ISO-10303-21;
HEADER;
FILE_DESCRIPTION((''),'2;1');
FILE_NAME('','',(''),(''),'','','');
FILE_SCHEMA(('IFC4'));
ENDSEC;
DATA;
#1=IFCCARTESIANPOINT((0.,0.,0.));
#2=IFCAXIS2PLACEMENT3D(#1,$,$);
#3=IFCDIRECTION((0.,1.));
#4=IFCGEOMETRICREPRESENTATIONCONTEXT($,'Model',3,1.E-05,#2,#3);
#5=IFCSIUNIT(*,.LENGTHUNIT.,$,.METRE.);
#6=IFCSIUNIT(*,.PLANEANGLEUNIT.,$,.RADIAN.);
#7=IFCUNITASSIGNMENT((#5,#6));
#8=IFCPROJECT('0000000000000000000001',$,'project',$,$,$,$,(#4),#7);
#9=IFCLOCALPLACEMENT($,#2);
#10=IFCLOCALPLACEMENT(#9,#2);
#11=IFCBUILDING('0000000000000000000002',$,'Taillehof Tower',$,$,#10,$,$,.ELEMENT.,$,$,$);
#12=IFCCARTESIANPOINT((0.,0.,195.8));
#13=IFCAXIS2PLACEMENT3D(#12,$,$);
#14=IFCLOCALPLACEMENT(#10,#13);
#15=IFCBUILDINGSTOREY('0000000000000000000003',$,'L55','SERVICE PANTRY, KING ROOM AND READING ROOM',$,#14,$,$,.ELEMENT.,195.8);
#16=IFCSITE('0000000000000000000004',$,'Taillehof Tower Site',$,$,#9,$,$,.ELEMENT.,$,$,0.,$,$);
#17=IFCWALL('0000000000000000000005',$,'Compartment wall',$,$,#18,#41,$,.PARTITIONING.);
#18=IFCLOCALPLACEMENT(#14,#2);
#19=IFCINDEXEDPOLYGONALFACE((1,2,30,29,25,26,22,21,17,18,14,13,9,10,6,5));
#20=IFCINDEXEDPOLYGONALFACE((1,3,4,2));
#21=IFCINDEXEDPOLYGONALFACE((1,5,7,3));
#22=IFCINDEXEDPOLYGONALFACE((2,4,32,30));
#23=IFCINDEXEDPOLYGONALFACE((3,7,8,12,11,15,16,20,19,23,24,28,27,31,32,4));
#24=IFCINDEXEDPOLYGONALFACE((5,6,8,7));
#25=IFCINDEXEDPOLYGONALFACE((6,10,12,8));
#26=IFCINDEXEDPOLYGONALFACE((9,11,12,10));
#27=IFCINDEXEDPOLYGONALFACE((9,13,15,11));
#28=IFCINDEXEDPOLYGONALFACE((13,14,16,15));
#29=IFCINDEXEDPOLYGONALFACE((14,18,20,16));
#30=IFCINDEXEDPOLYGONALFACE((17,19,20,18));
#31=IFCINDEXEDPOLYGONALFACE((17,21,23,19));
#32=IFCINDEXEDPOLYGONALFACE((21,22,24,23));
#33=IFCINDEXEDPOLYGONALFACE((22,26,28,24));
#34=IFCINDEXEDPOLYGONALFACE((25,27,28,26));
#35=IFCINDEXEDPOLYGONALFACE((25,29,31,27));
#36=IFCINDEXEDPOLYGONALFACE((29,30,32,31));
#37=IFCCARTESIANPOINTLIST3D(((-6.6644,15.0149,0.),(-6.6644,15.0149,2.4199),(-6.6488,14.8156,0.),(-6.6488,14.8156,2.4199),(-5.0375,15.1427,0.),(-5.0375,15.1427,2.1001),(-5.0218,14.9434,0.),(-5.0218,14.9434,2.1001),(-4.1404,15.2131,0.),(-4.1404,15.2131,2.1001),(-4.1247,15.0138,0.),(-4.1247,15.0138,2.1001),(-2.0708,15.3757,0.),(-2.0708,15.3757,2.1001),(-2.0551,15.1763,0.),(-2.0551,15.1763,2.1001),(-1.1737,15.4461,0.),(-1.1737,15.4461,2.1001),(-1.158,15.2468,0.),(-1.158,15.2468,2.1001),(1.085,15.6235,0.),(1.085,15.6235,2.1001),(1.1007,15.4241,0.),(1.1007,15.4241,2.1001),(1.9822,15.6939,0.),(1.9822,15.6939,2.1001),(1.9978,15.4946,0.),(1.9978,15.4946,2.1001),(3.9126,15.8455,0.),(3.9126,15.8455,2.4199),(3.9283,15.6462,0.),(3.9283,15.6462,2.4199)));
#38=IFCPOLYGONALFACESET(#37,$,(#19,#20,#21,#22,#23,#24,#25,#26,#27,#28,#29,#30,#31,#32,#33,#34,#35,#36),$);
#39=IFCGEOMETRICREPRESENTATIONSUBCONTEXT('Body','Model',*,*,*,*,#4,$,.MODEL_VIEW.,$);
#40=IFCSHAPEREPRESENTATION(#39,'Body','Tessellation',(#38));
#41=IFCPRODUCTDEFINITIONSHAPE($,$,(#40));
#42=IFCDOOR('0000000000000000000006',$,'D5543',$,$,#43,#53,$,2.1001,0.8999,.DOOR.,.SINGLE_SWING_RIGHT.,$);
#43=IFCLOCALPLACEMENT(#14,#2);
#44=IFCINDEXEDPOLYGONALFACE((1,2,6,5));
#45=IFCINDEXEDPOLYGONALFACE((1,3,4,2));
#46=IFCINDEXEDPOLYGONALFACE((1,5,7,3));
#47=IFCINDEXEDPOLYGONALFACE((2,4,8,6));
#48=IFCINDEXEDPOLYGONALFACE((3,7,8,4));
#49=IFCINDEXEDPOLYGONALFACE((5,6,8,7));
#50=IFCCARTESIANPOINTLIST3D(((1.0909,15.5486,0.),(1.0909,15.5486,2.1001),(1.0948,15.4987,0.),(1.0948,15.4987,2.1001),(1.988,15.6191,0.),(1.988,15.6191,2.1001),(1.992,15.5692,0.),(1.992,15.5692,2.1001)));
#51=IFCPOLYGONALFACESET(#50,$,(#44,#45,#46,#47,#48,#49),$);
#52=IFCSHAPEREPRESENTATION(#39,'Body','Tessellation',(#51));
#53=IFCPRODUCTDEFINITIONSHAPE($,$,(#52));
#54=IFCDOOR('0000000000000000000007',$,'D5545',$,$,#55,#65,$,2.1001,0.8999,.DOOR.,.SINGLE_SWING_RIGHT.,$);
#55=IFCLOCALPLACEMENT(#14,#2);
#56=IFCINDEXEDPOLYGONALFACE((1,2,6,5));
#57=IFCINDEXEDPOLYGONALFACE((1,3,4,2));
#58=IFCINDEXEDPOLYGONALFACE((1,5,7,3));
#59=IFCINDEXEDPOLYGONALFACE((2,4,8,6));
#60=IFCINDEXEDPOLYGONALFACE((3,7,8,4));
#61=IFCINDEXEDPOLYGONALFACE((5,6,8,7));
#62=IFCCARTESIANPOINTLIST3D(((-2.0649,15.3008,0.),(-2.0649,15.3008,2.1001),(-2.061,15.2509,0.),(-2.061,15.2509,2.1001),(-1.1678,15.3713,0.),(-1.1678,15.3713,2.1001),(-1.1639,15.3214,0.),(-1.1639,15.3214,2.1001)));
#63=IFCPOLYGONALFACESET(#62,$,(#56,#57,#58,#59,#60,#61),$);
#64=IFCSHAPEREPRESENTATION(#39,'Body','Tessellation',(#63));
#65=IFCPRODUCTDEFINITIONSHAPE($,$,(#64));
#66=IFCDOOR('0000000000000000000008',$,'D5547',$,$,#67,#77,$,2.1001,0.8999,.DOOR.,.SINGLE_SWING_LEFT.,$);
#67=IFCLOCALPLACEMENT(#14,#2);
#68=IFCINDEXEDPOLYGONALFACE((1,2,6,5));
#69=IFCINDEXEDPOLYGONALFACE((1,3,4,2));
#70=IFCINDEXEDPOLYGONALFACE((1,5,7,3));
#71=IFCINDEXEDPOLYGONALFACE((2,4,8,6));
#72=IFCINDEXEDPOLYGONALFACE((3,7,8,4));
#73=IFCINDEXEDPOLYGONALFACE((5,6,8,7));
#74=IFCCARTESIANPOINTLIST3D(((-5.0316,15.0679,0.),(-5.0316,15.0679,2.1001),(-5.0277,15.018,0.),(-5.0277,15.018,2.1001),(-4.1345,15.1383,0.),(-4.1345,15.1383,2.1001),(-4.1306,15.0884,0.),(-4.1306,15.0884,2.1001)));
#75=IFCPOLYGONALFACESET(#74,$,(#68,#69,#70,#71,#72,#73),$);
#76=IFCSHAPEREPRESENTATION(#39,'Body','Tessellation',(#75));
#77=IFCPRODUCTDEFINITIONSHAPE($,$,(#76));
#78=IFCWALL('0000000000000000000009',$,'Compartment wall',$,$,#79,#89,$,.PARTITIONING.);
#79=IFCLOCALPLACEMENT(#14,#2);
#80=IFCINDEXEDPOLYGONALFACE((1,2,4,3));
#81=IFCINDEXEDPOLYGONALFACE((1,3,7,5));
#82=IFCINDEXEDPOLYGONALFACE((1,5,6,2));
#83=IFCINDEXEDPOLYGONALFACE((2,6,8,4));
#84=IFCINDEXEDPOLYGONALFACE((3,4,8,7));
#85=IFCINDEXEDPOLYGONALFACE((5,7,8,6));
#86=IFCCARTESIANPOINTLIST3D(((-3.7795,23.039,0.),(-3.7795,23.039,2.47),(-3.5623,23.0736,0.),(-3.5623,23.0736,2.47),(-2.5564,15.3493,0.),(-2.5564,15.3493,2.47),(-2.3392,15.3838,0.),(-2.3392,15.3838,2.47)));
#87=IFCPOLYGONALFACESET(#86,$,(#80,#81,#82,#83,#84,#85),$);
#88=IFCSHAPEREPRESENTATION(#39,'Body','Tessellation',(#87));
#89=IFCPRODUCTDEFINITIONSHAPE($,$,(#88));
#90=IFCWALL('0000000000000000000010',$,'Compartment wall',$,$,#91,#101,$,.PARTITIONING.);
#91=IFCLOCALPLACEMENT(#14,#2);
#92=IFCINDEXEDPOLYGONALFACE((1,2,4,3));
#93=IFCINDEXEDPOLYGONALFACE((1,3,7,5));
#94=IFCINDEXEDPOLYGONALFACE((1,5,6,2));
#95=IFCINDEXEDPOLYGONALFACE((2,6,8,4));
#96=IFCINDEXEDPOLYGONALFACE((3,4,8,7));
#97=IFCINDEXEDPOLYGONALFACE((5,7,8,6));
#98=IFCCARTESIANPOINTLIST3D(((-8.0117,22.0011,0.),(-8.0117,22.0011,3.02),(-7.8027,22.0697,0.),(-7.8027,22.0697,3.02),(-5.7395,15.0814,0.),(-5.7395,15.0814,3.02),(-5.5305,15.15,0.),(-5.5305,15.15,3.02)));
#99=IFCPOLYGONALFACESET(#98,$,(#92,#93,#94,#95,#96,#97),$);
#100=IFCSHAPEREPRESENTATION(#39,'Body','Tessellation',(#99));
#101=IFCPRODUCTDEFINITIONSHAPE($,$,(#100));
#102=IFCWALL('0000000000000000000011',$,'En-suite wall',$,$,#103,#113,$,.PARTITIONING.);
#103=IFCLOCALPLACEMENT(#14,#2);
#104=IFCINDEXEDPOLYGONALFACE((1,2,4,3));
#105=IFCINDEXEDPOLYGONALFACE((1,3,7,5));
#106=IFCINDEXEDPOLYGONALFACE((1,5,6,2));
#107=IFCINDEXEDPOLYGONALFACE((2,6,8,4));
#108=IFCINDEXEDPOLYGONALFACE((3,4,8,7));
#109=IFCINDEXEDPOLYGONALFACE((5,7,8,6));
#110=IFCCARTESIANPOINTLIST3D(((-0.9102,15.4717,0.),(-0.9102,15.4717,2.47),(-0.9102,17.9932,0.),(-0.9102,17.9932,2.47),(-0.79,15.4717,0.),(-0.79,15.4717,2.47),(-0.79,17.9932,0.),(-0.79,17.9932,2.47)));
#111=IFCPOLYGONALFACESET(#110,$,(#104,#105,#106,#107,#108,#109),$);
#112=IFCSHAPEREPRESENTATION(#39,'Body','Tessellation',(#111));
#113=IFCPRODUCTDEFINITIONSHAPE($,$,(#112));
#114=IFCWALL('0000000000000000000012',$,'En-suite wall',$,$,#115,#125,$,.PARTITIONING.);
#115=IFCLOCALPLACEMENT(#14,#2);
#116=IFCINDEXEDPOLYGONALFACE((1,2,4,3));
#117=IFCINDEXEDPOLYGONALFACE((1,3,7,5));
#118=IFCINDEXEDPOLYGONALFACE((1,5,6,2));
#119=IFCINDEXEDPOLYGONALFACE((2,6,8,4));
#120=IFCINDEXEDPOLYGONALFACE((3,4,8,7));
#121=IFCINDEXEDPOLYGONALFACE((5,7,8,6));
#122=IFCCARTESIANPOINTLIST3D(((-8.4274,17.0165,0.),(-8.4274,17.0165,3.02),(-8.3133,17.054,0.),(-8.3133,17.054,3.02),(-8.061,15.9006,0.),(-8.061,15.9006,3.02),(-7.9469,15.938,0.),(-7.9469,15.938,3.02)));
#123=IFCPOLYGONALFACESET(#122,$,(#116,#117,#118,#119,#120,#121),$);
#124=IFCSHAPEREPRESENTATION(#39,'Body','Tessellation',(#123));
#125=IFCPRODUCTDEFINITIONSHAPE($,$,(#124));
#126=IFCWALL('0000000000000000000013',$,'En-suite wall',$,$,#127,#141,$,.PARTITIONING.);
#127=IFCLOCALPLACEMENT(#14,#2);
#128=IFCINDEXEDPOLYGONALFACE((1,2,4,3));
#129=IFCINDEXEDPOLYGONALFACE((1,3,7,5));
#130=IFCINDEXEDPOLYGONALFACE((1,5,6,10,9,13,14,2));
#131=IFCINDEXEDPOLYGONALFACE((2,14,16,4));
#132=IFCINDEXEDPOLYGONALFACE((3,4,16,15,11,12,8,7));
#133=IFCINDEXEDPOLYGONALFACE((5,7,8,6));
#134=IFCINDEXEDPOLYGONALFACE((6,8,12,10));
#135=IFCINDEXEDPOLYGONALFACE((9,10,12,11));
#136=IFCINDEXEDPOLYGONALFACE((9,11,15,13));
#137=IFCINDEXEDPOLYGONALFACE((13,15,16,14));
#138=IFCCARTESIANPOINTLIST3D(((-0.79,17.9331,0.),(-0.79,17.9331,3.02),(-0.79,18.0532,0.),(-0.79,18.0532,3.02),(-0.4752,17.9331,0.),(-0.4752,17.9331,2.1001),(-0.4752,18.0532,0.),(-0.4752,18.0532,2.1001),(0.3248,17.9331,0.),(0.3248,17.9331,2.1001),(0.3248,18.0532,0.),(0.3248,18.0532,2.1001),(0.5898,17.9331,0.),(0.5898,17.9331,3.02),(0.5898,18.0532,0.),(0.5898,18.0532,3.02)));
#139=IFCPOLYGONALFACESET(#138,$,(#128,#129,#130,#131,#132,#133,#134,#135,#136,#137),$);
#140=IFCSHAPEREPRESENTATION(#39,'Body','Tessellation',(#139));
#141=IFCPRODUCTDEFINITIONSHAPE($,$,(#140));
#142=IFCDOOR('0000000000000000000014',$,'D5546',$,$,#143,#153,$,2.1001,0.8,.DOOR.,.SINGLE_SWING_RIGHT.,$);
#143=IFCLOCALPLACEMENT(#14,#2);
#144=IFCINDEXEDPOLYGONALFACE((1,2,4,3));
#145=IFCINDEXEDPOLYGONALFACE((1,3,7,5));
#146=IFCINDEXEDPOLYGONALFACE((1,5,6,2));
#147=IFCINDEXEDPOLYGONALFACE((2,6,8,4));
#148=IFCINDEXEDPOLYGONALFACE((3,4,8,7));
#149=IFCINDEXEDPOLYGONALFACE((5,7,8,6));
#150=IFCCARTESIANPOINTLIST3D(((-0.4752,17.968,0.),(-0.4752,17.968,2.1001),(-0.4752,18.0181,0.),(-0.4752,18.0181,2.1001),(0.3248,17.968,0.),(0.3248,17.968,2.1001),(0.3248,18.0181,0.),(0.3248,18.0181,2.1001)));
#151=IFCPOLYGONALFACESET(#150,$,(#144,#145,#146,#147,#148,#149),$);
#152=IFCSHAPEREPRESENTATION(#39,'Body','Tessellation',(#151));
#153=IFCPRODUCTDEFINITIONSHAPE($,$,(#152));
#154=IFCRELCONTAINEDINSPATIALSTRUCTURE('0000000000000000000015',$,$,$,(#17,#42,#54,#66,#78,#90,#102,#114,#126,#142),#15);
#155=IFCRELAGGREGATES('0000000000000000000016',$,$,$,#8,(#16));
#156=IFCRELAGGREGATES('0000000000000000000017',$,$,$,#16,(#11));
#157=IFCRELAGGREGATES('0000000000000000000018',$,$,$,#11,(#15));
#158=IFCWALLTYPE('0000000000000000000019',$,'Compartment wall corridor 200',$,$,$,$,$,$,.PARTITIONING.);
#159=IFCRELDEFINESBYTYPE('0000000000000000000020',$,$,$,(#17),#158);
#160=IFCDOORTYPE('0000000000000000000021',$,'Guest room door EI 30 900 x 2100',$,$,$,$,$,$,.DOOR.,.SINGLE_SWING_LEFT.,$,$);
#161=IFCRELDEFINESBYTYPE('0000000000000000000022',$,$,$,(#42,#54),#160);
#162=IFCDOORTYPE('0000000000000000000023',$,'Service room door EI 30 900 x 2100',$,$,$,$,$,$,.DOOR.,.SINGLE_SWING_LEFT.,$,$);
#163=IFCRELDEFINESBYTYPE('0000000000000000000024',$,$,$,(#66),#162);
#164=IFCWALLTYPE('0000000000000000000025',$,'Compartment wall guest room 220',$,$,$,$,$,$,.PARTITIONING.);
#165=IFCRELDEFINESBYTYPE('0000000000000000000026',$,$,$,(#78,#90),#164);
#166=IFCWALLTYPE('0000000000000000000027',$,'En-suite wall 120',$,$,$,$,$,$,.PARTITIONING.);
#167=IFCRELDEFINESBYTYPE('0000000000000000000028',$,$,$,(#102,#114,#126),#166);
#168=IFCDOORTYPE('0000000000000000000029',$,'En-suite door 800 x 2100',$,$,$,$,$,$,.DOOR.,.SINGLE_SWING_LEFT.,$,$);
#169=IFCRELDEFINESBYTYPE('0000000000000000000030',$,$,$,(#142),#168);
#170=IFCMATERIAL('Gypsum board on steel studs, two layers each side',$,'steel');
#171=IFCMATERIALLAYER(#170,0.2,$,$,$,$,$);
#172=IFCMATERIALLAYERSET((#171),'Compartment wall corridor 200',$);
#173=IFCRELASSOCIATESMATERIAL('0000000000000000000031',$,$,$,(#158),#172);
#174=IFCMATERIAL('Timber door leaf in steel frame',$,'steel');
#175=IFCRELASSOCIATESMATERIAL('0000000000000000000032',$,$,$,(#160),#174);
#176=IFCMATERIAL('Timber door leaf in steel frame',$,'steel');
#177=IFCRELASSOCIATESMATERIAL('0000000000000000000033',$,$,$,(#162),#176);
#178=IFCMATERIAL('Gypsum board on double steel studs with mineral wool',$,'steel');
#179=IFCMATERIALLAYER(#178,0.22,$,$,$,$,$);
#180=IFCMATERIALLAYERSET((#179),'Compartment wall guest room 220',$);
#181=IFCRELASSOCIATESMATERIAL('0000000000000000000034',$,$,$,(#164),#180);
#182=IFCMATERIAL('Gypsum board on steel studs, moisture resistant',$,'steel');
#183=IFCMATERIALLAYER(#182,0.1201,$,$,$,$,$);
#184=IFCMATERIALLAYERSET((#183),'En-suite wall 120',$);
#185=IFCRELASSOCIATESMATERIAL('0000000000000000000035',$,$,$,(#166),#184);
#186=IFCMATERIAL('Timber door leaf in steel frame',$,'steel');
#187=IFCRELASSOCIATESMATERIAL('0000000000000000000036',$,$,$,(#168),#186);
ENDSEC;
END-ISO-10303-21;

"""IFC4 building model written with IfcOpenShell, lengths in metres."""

from ifc_helpers import new_model, si_unit, direction, frame, frame_2d, origin, place, context, subcontext, project, spatial, rectangle, extrude, material, layer, layer_set, type_object, element, fill, save


model = new_model("IFC4")

# Units and contexts
model_context = context("Model", 3, precision=1e-05, world=origin(), true_north=direction((0.0, 1.0)))
body_context = subcontext(model_context, "Body", "Model", "MODEL_VIEW")
ifc_project = project(units=[si_unit("LENGTHUNIT", "METRE"), si_unit("PLANEANGLEUNIT", "RADIAN")], contexts=[model_context])

# Site, building, storey
site_placement = place(None, origin())
site = spatial("IfcSite", under=ifc_project, at=site_placement, Name="Taillehof Tower Site", CompositionType="ELEMENT", RefElevation=0.0)
building_placement = place(site_placement, origin())
building = spatial("IfcBuilding", under=site, at=building_placement, Name="Taillehof Tower", CompositionType="ELEMENT")
storey_placement = place(building_placement, frame((0.0, 0.0, 195.8)))
storey = spatial("IfcBuildingStorey", under=building, at=storey_placement, Name="L55", Description="SERVICE PANTRY, KING ROOM AND READING ROOM", CompositionType="ELEMENT", Elevation=195.8)

# Shared definitions
ifc_material_1 = material(Name="Gypsum board on steel studs, two layers each side", Category="steel")
ifc_layer_1 = layer(ifc_material_1, 0.2)
ifc_layer_set_1 = layer_set([ifc_layer_1], Name="Compartment wall corridor 200")
wall_type_1 = type_object("IfcWallType", Name="Compartment wall corridor 200", PredefinedType="PARTITIONING", material=ifc_layer_set_1)

# Wall, openings, doors
wall_1_placement = place(storey_placement, frame((-6.6565, 14.9153, 0.0), z_axis=(0.0, 0.0, 1.0), x_axis=(0.996931, 0.078284, 0.0)))
wall_1 = element("IfcWall", 1, at=wall_1_placement, inside=storey, type_object=wall_type_1, Name="Compartment wall", PredefinedType="PARTITIONING", context=body_context, shape_type="SweptSolid", body=[
    extrude(rectangle(XDim=10.6096, YDim=0.2, at=frame_2d((5.3047, 0.0))), origin(), (0.0, 0.0, 1.0), 2.4199),
])
opening_1_placement = place(wall_1_placement, frame((7.7732, 0.0, 0.0)))
opening_1 = element("IfcOpeningElement", 2, at=opening_1_placement, cuts=wall_1, PredefinedType="OPENING", context=body_context, shape_type="SweptSolid", body=[
    extrude(rectangle(XDim=0.8999, YDim=2.1001, at=frame_2d((0.45, 1.05))), frame((0.0, 0.1099, 0.0), z_axis=(0.0, -1.0, 0.0), x_axis=(1.0, 0.0, 0.0)), (0.0, 0.0, 1.0), 0.22),
])
opening_2_placement = place(wall_1_placement, frame((4.6077, 0.0, 0.0)))
opening_2 = element("IfcOpeningElement", 3, at=opening_2_placement, cuts=wall_1, PredefinedType="OPENING", context=body_context, shape_type="SweptSolid", body=[
    extrude(rectangle(XDim=0.8999, YDim=2.1001, at=frame_2d((0.45, 1.05))), frame((0.0, 0.1099, 0.0), z_axis=(0.0, -1.0, 0.0), x_axis=(1.0, 0.0, 0.0)), (0.0, 0.0, 1.0), 0.22),
])
opening_3_placement = place(wall_1_placement, frame((1.6318, 0.0, 0.0)))
opening_3 = element("IfcOpeningElement", 4, at=opening_3_placement, cuts=wall_1, PredefinedType="OPENING", context=body_context, shape_type="SweptSolid", body=[
    extrude(rectangle(XDim=0.8999, YDim=2.1001, at=frame_2d((0.45, 1.05))), frame((0.0, 0.1099, 0.0), z_axis=(0.0, -1.0, 0.0), x_axis=(1.0, 0.0, 0.0)), (0.0, 0.0, 1.0), 0.22),
])
ifc_material_2 = material(Name="Timber door leaf in steel frame", Category="steel")
door_type_1 = type_object("IfcDoorType", Name="Guest room door EI 30 900 x 2100", OperationType="SINGLE_SWING_LEFT", PredefinedType="DOOR", material=ifc_material_2)
door_1_placement = place(opening_1_placement, origin())
door_1 = element("IfcDoor", 5, at=door_1_placement, inside=storey, type_object=door_type_1, Name="D5543", OperationType="SINGLE_SWING_RIGHT", OverallHeight=2.1001, OverallWidth=0.8999, PredefinedType="DOOR", context=body_context, shape_type="SweptSolid", body=[
    extrude(rectangle(XDim=0.8999, YDim=2.1001, at=frame_2d((0.45, 1.05))), frame((0.0, 0.0249, 0.0), z_axis=(0.0, -1.0, 0.0), x_axis=(1.0, 0.0, 0.0)), (0.0, 0.0, 1.0), 0.05),
])
fill(opening_1, door_1)
door_2_placement = place(opening_2_placement, origin())
door_2 = element("IfcDoor", 6, at=door_2_placement, inside=storey, type_object=door_type_1, Name="D5545", OperationType="SINGLE_SWING_RIGHT", OverallHeight=2.1001, OverallWidth=0.8999, PredefinedType="DOOR", context=body_context, shape_type="SweptSolid", body=[
    extrude(rectangle(XDim=0.8999, YDim=2.1001, at=frame_2d((0.45, 1.05))), frame((0.0, 0.0249, 0.0), z_axis=(0.0, -1.0, 0.0), x_axis=(1.0, 0.0, 0.0)), (0.0, 0.0, 1.0), 0.05),
])
fill(opening_2, door_2)
ifc_material_3 = material(Name="Timber door leaf in steel frame", Category="steel")
door_type_2 = type_object("IfcDoorType", Name="Service room door EI 30 900 x 2100", OperationType="SINGLE_SWING_LEFT", PredefinedType="DOOR", material=ifc_material_3)
door_3_placement = place(opening_3_placement, origin())
door_3 = element("IfcDoor", 7, at=door_3_placement, inside=storey, type_object=door_type_2, Name="D5547", OperationType="SINGLE_SWING_LEFT", OverallHeight=2.1001, OverallWidth=0.8999, PredefinedType="DOOR", context=body_context, shape_type="SweptSolid", body=[
    extrude(rectangle(XDim=0.8999, YDim=2.1001, at=frame_2d((0.45, 1.05))), frame((0.0, 0.0249, 0.0), z_axis=(0.0, -1.0, 0.0), x_axis=(1.0, 0.0, 0.0)), (0.0, 0.0, 1.0), 0.05),
])
fill(opening_3, door_3)

# Walls
ifc_material_4 = material(Name="Gypsum board on double steel studs with mineral wool", Category="steel")
ifc_layer_2 = layer(ifc_material_4, 0.22)
ifc_layer_set_2 = layer_set([ifc_layer_2], Name="Compartment wall guest room 220")
wall_type_2 = type_object("IfcWallType", Name="Compartment wall guest room 220", PredefinedType="PARTITIONING", material=ifc_layer_set_2)
wall_2_placement = place(storey_placement, frame((-3.6709, 23.0562, 0.0), z_axis=(0.0, 0.0, 1.0), x_axis=(0.157088, -0.987585, 0.0)))
element("IfcWall", 8, at=wall_2_placement, inside=storey, type_object=wall_type_2, Name="Compartment wall", PredefinedType="PARTITIONING", context=body_context, shape_type="SweptSolid", body=[
    extrude(rectangle(XDim=7.7864, YDim=0.22, at=frame_2d((3.8931, 0.0))), origin(), (0.0, 0.0, 1.0), 2.47),
])
wall_3_placement = place(storey_placement, frame((-7.9072, 22.0354, 0.0), z_axis=(0.0, 0.0, 1.0), x_axis=(0.311981, -0.950088, 0.0)))
element("IfcWall", 9, at=wall_3_placement, inside=storey, type_object=wall_type_2, Name="Compartment wall", PredefinedType="PARTITIONING", context=body_context, shape_type="SweptSolid", body=[
    extrude(rectangle(XDim=7.2832, YDim=0.22, at=frame_2d((3.6416, 0.0))), origin(), (0.0, 0.0, 1.0), 3.02),
])
ifc_material_5 = material(Name="Gypsum board on steel studs, moisture resistant", Category="steel")
ifc_layer_3 = layer(ifc_material_5, 0.1201)
ifc_layer_set_3 = layer_set([ifc_layer_3], Name="En-suite wall 120")
wall_type_3 = type_object("IfcWallType", Name="En-suite wall 120", PredefinedType="PARTITIONING", material=ifc_layer_set_3)
wall_4_placement = place(storey_placement, frame((-0.8501, 15.4717, 0.0), z_axis=(0.0, 0.0, 1.0), x_axis=(0.0, 1.0, 0.0)))
element("IfcWall", 10, at=wall_4_placement, inside=storey, type_object=wall_type_3, Name="En-suite wall", PredefinedType="PARTITIONING", context=body_context, shape_type="SweptSolid", body=[
    extrude(rectangle(XDim=2.5215, YDim=0.1201, at=frame_2d((1.2607, 0.0))), origin(), (0.0, 0.0, 1.0), 2.47),
])
wall_5_placement = place(storey_placement, frame((-8.0039, 15.9192, 0.0), z_axis=(0.0, 0.0, 1.0), x_axis=(-0.311984, 0.950087, 0.0)))
element("IfcWall", 11, at=wall_5_placement, inside=storey, type_object=wall_type_3, Name="En-suite wall", PredefinedType="PARTITIONING", context=body_context, shape_type="SweptSolid", body=[
    extrude(rectangle(XDim=1.1746, YDim=0.1201, at=frame_2d((0.5874, 0.0))), origin(), (0.0, 0.0, 1.0), 3.02),
])

# Wall, opening, door
wall_6_placement = place(storey_placement, frame((-0.79, 17.9932, 0.0), z_axis=(0.0, 0.0, 1.0), x_axis=(1.0, 0.0, 0.0)))
wall_6 = element("IfcWall", 12, at=wall_6_placement, inside=storey, type_object=wall_type_3, Name="En-suite wall", PredefinedType="PARTITIONING", context=body_context, shape_type="SweptSolid", body=[
    extrude(rectangle(XDim=1.3799, YDim=0.1201, at=frame_2d((0.6899, 0.0))), origin(), (0.0, 0.0, 1.0), 3.02),
])
opening_4_placement = place(wall_6_placement, frame((0.3149, 0.0, 0.0)))
opening_4 = element("IfcOpeningElement", 13, at=opening_4_placement, cuts=wall_6, PredefinedType="OPENING", context=body_context, shape_type="SweptSolid", body=[
    extrude(rectangle(XDim=0.8, YDim=2.1001, at=frame_2d((0.3999, 1.05))), frame((0.0, 0.0701, 0.0), z_axis=(0.0, -1.0, 0.0), x_axis=(1.0, 0.0, 0.0)), (0.0, 0.0, 1.0), 0.1401),
])
ifc_material_6 = material(Name="Timber door leaf in steel frame", Category="steel")
door_type_3 = type_object("IfcDoorType", Name="En-suite door 800 x 2100", OperationType="SINGLE_SWING_LEFT", PredefinedType="DOOR", material=ifc_material_6)
door_4_placement = place(opening_4_placement, origin())
door_4 = element("IfcDoor", 14, at=door_4_placement, inside=storey, type_object=door_type_3, Name="D5546", OperationType="SINGLE_SWING_RIGHT", OverallHeight=2.1001, OverallWidth=0.8, PredefinedType="DOOR", context=body_context, shape_type="SweptSolid", body=[
    extrude(rectangle(XDim=0.8, YDim=2.1001, at=frame_2d((0.3999, 1.05))), frame((0.0, 0.0249, 0.0), z_axis=(0.0, -1.0, 0.0), x_axis=(1.0, 0.0, 0.0)), (0.0, 0.0, 1.0), 0.05),
])
fill(opening_4, door_4)

save(model, "model.ifc")
